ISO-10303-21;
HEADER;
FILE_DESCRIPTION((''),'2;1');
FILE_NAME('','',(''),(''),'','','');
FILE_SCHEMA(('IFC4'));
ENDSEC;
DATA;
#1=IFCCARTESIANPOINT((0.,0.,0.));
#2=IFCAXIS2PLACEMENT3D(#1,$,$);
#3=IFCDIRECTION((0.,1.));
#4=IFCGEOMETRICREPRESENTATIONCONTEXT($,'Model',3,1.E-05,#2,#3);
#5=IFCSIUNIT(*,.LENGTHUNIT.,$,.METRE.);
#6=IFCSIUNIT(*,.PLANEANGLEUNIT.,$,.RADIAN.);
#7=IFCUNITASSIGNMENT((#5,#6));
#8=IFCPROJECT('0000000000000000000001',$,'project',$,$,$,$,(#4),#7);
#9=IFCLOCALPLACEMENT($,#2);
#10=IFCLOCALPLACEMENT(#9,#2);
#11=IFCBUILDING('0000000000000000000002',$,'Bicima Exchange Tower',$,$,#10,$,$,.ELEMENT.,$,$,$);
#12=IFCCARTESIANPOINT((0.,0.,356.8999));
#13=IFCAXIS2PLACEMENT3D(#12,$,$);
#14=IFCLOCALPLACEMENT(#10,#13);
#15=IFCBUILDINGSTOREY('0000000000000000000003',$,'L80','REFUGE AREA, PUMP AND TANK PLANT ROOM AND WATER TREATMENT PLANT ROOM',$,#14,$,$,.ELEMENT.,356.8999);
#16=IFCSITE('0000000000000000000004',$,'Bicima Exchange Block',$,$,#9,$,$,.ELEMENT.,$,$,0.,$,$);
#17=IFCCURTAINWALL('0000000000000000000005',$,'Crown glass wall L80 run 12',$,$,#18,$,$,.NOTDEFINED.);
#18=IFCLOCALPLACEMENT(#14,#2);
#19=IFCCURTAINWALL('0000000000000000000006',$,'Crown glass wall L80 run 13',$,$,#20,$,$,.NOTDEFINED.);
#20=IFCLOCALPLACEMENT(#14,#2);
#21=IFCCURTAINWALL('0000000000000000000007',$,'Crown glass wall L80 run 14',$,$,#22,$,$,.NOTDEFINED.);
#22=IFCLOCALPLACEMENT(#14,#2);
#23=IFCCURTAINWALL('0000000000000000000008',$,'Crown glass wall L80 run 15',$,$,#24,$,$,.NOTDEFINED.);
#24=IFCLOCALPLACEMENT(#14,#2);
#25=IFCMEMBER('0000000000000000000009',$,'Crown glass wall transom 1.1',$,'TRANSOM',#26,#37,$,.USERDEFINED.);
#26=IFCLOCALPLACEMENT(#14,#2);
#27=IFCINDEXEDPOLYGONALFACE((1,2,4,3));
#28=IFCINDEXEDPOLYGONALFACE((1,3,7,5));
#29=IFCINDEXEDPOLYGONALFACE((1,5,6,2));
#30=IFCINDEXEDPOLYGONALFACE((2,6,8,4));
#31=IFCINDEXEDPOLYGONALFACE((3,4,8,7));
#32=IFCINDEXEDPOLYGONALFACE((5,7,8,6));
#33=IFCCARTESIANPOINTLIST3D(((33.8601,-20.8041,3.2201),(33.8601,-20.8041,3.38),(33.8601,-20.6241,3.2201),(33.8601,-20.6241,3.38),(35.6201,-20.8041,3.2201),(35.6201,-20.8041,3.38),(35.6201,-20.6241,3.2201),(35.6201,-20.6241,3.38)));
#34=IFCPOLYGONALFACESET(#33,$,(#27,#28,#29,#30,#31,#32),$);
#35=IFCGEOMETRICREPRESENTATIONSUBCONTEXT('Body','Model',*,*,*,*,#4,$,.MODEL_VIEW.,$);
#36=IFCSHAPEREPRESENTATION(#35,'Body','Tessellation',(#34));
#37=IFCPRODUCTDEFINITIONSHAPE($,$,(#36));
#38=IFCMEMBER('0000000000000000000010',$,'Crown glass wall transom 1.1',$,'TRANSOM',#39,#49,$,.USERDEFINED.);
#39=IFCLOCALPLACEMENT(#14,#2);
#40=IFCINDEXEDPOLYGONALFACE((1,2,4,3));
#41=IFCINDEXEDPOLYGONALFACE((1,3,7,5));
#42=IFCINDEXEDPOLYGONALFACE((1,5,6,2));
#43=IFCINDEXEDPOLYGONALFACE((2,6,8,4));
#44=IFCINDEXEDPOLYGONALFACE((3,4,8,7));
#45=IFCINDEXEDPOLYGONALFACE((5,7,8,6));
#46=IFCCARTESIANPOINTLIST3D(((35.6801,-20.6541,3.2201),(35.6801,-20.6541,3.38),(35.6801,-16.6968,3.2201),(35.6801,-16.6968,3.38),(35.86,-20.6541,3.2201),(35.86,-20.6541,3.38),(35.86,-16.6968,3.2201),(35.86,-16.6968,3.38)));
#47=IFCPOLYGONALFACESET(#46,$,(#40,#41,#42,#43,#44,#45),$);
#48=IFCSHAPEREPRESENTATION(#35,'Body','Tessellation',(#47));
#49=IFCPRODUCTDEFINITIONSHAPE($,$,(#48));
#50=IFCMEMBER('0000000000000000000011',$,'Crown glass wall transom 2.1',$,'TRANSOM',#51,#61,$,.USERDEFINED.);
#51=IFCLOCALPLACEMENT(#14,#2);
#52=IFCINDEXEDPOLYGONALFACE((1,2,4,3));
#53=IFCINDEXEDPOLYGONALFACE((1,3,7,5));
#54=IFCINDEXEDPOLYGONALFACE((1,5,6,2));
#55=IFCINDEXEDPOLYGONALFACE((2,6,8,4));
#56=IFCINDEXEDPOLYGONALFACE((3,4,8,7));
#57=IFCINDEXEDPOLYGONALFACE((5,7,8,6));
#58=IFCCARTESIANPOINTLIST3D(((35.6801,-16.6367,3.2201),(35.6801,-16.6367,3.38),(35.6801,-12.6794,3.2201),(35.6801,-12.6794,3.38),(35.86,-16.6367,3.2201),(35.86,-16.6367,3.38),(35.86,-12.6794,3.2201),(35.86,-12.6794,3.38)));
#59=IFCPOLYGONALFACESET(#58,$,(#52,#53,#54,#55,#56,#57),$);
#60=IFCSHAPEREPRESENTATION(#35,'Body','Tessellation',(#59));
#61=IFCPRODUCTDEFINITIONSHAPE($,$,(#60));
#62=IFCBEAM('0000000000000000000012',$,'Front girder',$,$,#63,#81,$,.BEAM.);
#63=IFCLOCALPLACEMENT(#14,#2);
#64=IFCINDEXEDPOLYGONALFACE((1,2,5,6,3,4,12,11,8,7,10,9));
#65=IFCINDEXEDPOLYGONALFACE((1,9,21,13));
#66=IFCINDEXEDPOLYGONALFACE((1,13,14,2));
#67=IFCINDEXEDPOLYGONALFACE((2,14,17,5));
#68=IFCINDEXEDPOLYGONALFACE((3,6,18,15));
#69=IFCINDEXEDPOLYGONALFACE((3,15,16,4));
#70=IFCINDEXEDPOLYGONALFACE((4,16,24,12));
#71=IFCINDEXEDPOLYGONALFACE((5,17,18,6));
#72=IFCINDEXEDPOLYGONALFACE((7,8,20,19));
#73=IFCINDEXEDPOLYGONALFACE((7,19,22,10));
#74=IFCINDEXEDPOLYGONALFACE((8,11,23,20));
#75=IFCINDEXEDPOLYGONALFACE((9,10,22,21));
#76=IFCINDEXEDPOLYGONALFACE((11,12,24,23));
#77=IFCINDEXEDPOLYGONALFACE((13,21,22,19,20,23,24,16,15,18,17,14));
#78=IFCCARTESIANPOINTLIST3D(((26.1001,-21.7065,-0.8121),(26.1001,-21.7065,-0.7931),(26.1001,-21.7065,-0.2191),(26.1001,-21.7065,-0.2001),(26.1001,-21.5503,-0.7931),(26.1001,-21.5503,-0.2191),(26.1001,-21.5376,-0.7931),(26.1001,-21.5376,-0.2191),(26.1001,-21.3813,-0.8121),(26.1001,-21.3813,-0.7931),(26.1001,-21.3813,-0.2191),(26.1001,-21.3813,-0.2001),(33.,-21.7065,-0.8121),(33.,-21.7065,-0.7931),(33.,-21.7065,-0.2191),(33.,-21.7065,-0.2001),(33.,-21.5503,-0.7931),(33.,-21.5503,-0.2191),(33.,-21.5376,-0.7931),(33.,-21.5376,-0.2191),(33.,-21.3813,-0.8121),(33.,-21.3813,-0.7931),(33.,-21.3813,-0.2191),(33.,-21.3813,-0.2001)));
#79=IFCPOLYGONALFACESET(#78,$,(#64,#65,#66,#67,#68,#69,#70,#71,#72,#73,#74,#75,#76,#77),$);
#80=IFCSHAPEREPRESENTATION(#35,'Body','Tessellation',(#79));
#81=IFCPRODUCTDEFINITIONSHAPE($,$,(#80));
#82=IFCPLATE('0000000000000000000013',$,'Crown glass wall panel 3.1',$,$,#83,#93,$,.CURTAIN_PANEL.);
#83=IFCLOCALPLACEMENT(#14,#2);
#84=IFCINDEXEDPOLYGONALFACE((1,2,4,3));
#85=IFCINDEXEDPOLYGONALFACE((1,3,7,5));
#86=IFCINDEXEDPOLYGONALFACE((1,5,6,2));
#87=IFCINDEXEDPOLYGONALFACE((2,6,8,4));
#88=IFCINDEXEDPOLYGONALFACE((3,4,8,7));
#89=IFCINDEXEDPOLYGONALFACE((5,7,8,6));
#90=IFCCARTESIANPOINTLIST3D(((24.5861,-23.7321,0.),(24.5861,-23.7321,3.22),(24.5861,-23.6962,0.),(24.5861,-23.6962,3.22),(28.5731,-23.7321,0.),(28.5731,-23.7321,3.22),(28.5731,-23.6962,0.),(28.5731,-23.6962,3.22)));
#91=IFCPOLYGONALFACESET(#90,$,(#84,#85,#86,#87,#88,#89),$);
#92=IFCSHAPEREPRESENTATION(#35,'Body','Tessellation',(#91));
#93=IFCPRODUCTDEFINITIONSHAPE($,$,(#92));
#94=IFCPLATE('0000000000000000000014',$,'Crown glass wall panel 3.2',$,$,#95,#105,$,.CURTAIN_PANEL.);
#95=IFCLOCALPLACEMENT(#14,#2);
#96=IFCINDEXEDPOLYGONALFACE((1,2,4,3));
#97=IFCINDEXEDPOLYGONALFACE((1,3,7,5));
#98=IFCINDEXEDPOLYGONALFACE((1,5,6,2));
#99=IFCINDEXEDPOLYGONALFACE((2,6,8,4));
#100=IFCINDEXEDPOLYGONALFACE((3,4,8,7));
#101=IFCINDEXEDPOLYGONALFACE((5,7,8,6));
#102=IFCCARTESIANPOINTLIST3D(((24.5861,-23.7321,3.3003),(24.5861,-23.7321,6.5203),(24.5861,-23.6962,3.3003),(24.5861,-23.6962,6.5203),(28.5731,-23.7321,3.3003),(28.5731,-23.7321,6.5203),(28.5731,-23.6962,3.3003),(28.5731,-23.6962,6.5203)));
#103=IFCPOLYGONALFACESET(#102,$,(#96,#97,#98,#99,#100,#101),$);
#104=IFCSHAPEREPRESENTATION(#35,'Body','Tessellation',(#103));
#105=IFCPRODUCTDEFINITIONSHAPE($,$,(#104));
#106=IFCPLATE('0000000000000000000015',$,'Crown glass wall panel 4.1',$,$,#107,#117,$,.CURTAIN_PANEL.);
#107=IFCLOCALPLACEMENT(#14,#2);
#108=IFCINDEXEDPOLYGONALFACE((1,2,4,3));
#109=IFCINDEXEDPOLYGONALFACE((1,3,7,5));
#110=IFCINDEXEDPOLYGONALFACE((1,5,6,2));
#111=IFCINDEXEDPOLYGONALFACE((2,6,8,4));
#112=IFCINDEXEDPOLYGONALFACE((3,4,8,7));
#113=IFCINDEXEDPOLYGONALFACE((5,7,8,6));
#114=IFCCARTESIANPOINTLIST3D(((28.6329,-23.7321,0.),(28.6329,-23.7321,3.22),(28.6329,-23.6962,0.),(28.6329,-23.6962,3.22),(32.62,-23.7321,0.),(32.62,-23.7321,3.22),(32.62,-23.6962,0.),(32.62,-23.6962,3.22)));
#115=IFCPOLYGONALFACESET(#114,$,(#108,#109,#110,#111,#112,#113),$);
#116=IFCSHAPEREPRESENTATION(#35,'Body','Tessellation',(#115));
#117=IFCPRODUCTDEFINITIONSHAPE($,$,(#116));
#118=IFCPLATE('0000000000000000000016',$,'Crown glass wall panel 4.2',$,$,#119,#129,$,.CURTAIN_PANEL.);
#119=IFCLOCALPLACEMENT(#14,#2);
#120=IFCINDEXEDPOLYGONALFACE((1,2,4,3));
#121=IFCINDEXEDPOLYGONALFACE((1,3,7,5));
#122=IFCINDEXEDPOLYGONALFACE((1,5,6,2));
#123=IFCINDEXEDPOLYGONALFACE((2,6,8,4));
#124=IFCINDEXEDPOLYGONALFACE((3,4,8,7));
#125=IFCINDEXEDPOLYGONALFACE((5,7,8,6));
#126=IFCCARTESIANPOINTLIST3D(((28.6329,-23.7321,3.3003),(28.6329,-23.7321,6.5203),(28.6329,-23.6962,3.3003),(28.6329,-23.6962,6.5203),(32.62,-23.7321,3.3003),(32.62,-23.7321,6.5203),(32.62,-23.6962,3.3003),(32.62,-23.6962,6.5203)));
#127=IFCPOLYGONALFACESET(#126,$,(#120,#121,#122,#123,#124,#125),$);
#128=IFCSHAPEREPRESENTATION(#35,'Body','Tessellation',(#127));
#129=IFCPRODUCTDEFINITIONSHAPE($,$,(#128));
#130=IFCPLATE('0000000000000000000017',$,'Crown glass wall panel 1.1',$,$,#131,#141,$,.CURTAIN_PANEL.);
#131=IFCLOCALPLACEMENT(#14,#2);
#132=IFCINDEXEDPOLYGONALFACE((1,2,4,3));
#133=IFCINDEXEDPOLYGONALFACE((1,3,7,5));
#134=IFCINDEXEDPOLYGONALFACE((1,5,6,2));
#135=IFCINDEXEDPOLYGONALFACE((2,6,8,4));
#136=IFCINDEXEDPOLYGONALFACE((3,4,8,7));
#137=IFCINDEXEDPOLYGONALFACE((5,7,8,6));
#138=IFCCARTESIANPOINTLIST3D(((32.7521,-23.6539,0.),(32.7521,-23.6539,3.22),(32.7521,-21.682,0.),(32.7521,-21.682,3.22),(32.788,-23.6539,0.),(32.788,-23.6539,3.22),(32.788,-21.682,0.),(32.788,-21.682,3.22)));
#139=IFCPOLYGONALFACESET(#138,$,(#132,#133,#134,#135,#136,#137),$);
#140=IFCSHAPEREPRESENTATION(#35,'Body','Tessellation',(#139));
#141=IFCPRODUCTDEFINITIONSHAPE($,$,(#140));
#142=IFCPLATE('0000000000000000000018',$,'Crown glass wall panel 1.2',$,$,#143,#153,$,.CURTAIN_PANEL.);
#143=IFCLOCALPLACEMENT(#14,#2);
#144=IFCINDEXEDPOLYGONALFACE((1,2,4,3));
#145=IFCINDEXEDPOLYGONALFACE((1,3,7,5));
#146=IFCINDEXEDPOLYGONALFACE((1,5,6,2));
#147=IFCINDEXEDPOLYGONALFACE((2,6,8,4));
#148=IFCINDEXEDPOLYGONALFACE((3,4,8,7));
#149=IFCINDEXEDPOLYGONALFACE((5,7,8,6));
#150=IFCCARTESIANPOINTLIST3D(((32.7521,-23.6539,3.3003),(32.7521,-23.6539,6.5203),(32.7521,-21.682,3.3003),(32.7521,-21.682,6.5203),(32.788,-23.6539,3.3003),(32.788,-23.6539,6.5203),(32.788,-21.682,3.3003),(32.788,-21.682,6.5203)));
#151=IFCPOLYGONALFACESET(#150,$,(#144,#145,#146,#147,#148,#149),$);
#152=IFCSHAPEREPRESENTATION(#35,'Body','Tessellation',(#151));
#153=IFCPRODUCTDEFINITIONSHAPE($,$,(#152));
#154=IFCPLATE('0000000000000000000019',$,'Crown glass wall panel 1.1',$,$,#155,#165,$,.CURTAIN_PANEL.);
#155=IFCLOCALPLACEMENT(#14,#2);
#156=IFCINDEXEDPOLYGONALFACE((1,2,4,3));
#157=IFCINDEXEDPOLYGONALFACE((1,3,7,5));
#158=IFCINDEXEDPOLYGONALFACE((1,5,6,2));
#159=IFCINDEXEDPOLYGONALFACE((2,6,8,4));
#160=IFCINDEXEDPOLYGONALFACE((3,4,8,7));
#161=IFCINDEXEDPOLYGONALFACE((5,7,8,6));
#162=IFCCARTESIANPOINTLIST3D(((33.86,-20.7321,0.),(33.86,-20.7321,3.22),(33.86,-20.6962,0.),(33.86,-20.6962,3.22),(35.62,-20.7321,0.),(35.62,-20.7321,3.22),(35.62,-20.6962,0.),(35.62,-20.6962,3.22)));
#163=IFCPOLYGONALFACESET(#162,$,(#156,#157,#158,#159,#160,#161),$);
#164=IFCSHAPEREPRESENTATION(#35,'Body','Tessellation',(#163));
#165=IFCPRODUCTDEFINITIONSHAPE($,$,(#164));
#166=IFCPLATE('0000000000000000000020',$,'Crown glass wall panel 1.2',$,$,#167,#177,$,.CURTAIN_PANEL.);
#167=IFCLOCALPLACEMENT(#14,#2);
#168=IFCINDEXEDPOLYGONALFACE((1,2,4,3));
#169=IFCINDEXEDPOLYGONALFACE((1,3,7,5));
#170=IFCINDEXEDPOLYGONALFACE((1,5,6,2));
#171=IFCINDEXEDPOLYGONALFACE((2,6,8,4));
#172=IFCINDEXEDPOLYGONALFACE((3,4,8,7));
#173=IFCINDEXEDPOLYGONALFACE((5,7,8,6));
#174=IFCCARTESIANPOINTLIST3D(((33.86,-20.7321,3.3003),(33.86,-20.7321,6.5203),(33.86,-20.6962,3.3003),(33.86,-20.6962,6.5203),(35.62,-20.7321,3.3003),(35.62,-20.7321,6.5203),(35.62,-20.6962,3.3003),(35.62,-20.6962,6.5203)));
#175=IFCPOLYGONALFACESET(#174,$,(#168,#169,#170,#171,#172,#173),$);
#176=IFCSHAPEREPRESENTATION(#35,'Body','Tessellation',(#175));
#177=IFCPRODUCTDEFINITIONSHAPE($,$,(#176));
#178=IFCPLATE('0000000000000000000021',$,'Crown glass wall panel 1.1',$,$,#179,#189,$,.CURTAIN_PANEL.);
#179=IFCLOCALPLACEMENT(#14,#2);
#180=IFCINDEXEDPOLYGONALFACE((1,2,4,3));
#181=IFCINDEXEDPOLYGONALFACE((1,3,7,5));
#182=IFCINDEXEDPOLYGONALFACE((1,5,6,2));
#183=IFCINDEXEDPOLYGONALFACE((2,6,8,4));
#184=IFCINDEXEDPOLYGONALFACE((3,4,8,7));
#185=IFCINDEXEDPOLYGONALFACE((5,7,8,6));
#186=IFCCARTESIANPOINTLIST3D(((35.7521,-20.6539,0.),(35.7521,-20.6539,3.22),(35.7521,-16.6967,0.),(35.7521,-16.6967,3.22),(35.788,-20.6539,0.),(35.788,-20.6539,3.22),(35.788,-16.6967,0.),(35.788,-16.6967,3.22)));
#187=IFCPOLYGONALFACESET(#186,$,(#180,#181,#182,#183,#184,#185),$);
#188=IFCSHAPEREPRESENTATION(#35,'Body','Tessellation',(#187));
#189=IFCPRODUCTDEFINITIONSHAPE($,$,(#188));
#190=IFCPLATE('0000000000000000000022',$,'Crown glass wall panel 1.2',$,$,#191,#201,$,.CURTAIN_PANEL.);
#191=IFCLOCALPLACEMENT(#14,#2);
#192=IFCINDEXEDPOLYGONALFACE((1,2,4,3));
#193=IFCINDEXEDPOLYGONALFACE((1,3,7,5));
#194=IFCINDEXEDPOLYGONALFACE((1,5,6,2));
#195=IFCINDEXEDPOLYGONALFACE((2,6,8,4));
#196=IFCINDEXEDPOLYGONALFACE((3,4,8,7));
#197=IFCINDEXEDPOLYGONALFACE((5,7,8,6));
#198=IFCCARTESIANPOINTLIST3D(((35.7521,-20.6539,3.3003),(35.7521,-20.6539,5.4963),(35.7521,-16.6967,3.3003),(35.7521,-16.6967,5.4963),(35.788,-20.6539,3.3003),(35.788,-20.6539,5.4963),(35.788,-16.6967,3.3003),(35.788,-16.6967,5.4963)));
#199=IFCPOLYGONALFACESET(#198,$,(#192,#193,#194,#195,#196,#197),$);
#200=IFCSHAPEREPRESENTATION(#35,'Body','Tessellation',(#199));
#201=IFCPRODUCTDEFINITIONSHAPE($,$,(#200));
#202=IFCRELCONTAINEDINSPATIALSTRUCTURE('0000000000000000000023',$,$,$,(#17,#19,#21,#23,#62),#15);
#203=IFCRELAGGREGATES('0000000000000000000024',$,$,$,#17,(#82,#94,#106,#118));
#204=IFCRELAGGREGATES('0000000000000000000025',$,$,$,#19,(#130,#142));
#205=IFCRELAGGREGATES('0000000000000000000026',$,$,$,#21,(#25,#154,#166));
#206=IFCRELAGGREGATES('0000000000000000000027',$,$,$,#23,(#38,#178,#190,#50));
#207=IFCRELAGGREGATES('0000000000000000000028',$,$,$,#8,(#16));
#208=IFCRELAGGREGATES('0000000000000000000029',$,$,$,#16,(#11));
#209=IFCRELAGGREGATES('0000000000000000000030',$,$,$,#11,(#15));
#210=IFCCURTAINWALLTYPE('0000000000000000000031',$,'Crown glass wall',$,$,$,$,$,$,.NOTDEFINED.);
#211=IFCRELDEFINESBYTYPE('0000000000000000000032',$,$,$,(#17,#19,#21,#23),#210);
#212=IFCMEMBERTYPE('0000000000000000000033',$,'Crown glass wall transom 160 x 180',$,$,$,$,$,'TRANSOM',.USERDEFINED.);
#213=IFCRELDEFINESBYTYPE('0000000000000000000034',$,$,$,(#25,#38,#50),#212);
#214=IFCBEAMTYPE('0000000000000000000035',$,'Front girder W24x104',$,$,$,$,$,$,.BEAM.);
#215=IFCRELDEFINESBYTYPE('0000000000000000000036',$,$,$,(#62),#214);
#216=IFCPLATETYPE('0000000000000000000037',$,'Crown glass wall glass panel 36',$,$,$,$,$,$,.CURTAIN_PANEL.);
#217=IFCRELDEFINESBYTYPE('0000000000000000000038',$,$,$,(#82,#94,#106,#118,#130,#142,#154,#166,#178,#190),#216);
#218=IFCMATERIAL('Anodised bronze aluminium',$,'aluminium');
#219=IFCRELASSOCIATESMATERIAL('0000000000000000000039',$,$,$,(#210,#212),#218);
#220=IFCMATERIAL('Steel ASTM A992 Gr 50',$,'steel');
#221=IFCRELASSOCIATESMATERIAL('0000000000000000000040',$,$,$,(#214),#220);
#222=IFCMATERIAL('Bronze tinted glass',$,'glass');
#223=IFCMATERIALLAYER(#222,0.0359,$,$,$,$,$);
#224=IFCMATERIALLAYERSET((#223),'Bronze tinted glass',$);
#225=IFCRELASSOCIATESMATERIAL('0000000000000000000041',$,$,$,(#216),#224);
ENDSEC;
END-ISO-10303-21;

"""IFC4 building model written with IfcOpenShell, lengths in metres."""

from ifc_helpers import new_model, si_unit, direction, frame, origin, origin_2d, place, context, subcontext, project, spatial, rectangle, i_section, extrude, material, layer, layer_set, material_profile, profile_set, type_object, element, aggregate, save


model = new_model("IFC4")

# Units and contexts
model_context = context("Model", 3, precision=1e-05, world=origin(), true_north=direction((0.0, 1.0)))
body_context = subcontext(model_context, "Body", "Model", "MODEL_VIEW")
ifc_project = project(units=[si_unit("LENGTHUNIT", "METRE"), si_unit("PLANEANGLEUNIT", "RADIAN")], contexts=[model_context])

# Site, building, storey
site_placement = place(None, origin())
site = spatial("IfcSite", under=ifc_project, at=site_placement, Name="Bicima Exchange Block", CompositionType="ELEMENT", RefElevation=0.0)
building_placement = place(site_placement, origin())
building = spatial("IfcBuilding", under=site, at=building_placement, Name="Bicima Exchange Tower", CompositionType="ELEMENT")
storey_placement = place(building_placement, frame((0.0, 0.0, 356.8999)))
storey = spatial("IfcBuildingStorey", under=building, at=storey_placement, Name="L80", Description="REFUGE AREA, PUMP AND TANK PLANT ROOM AND WATER TREATMENT PLANT ROOM", CompositionType="ELEMENT", Elevation=356.8999)

# Shared definitions
ifc_material_1 = material(Name="Steel ASTM A992 Gr 50", Category="steel")

# Curtain walls
ifc_material_2 = material(Name="Anodised bronze aluminium", Category="aluminium")
curtain_wall_type = type_object("IfcCurtainWallType", Name="Crown glass wall", PredefinedType="NOTDEFINED", material=ifc_material_2)
curtain_wall_1_placement = place(storey_placement, origin())
curtain_wall_1 = element("IfcCurtainWall", 1, at=curtain_wall_1_placement, inside=storey, type_object=curtain_wall_type, Name="Crown glass wall L80 run 12", PredefinedType="NOTDEFINED")
curtain_wall_2_placement = place(storey_placement, origin())
curtain_wall_2 = element("IfcCurtainWall", 2, at=curtain_wall_2_placement, inside=storey, type_object=curtain_wall_type, Name="Crown glass wall L80 run 13", PredefinedType="NOTDEFINED")
curtain_wall_3_placement = place(storey_placement, origin())
curtain_wall_3 = element("IfcCurtainWall", 3, at=curtain_wall_3_placement, inside=storey, type_object=curtain_wall_type, Name="Crown glass wall L80 run 14", PredefinedType="NOTDEFINED")
curtain_wall_4_placement = place(storey_placement, origin())
curtain_wall_4 = element("IfcCurtainWall", 4, at=curtain_wall_4_placement, inside=storey, type_object=curtain_wall_type, Name="Crown glass wall L80 run 15", PredefinedType="NOTDEFINED")

# Members
ifc_material_profile_1 = material_profile(ifc_material_2, rectangle(XDim=0.1799, YDim=0.1599, at=origin_2d()))
ifc_profile_set_1 = profile_set([ifc_material_profile_1], Name="Anodised bronze aluminium")
member_type_1 = type_object("IfcMemberType", Name="Crown glass wall transom 160 x 180", ElementType="TRANSOM", PredefinedType="USERDEFINED", material=ifc_profile_set_1)
member_1_placement = place(storey_placement, frame((33.8601, -20.7141, 3.3), z_axis=(1.0, 0.0, 0.0), x_axis=(0.0, 1.0, 0.0)))
member_1 = element("IfcMember", 5, at=member_1_placement, type_object=member_type_1, Name="Crown glass wall transom 1.1", ObjectType="TRANSOM", PredefinedType="USERDEFINED", context=body_context, shape_type="SweptSolid", body=[
    extrude(rectangle(XDim=0.1799, YDim=0.1599, at=origin_2d()), origin(), (0.0, 0.0, 1.0), 1.76),
])
member_2_placement = place(storey_placement, frame((35.77, -20.6541, 3.3), z_axis=(0.0, 1.0, 0.0), x_axis=(-1.0, 0.0, 0.0)))
member_2 = element("IfcMember", 6, at=member_2_placement, type_object=member_type_1, Name="Crown glass wall transom 1.1", ObjectType="TRANSOM", PredefinedType="USERDEFINED", context=body_context, shape_type="SweptSolid", body=[
    extrude(rectangle(XDim=0.1799, YDim=0.1599, at=origin_2d()), origin(), (0.0, 0.0, 1.0), 3.9573),
])
member_3_placement = place(storey_placement, frame((35.77, -16.6367, 3.3), z_axis=(0.0, 1.0, 0.0), x_axis=(-1.0, 0.0, 0.0)))
member_3 = element("IfcMember", 7, at=member_3_placement, type_object=member_type_1, Name="Crown glass wall transom 2.1", ObjectType="TRANSOM", PredefinedType="USERDEFINED", context=body_context, shape_type="SweptSolid", body=[
    extrude(rectangle(XDim=0.1799, YDim=0.1599, at=origin_2d()), origin(), (0.0, 0.0, 1.0), 3.9573),
])

# Beam
ifc_material_profile_2 = material_profile(ifc_material_1, i_section(OverallWidth=0.3252, OverallDepth=0.6121, WebThickness=0.0127, FlangeThickness=0.019, at=origin_2d()))
ifc_profile_set_2 = profile_set([ifc_material_profile_2], Name="Steel ASTM A992 Gr 50")
beam_type = type_object("IfcBeamType", Name="Front girder W24x104", PredefinedType="BEAM", material=ifc_profile_set_2)
beam_placement = place(storey_placement, frame((26.1001, -21.5439, -0.5061), z_axis=(1.0, 0.0, 0.0), x_axis=(0.0, 1.0, 0.0)))
element("IfcBeam", 8, at=beam_placement, inside=storey, type_object=beam_type, Name="Front girder", PredefinedType="BEAM", context=body_context, shape_type="SweptSolid", body=[
    extrude(i_section(OverallWidth=0.3252, OverallDepth=0.6121, WebThickness=0.0127, FlangeThickness=0.019, at=origin_2d()), origin(), (0.0, 0.0, 1.0), 6.8999),
])

# Plates
ifc_material_3 = material(Name="Bronze tinted glass", Category="glass")
ifc_layer_1 = layer(ifc_material_3, 0.0359)
ifc_layer_set_1 = layer_set([ifc_layer_1], Name="Bronze tinted glass")
plate_type = type_object("IfcPlateType", Name="Crown glass wall glass panel 36", PredefinedType="CURTAIN_PANEL", material=ifc_layer_set_1)
plate_1_placement = place(storey_placement, frame((26.5796, -23.7141, 0.0), z_axis=(0.0, 0.0, 1.0), x_axis=(1.0, 0.0, 0.0)))
plate_1 = element("IfcPlate", 9, at=plate_1_placement, type_object=plate_type, Name="Crown glass wall panel 3.1", PredefinedType="CURTAIN_PANEL", context=body_context, shape_type="SweptSolid", body=[
    extrude(rectangle(XDim=3.9871, YDim=0.0359, at=origin_2d()), origin(), (0.0, 0.0, 1.0), 3.22),
])
plate_2_placement = place(storey_placement, frame((26.5796, -23.7141, 3.3003), z_axis=(0.0, 0.0, 1.0), x_axis=(1.0, 0.0, 0.0)))
plate_2 = element("IfcPlate", 10, at=plate_2_placement, type_object=plate_type, Name="Crown glass wall panel 3.2", PredefinedType="CURTAIN_PANEL", context=body_context, shape_type="SweptSolid", body=[
    extrude(rectangle(XDim=3.9871, YDim=0.0359, at=origin_2d()), origin(), (0.0, 0.0, 1.0), 3.22),
])
plate_3_placement = place(storey_placement, frame((30.6265, -23.7141, 0.0), z_axis=(0.0, 0.0, 1.0), x_axis=(1.0, 0.0, 0.0)))
plate_3 = element("IfcPlate", 11, at=plate_3_placement, type_object=plate_type, Name="Crown glass wall panel 4.1", PredefinedType="CURTAIN_PANEL", context=body_context, shape_type="SweptSolid", body=[
    extrude(rectangle(XDim=3.9871, YDim=0.0359, at=origin_2d()), origin(), (0.0, 0.0, 1.0), 3.22),
])
plate_4_placement = place(storey_placement, frame((30.6265, -23.7141, 3.3003), z_axis=(0.0, 0.0, 1.0), x_axis=(1.0, 0.0, 0.0)))
plate_4 = element("IfcPlate", 12, at=plate_4_placement, type_object=plate_type, Name="Crown glass wall panel 4.2", PredefinedType="CURTAIN_PANEL", context=body_context, shape_type="SweptSolid", body=[
    extrude(rectangle(XDim=3.9871, YDim=0.0359, at=origin_2d()), origin(), (0.0, 0.0, 1.0), 3.22),
])
aggregate(curtain_wall_1, [plate_1, plate_2, plate_3, plate_4])
plate_5_placement = place(storey_placement, frame((32.77, -22.668, 0.0), z_axis=(0.0, 0.0, 1.0), x_axis=(0.0, 1.0, 0.0)))
plate_5 = element("IfcPlate", 13, at=plate_5_placement, type_object=plate_type, Name="Crown glass wall panel 1.1", PredefinedType="CURTAIN_PANEL", context=body_context, shape_type="SweptSolid", body=[
    extrude(rectangle(XDim=1.9719, YDim=0.0359, at=origin_2d()), origin(), (0.0, 0.0, 1.0), 3.22),
])
plate_6_placement = place(storey_placement, frame((32.77, -22.668, 3.3003), z_axis=(0.0, 0.0, 1.0), x_axis=(0.0, 1.0, 0.0)))
plate_6 = element("IfcPlate", 14, at=plate_6_placement, type_object=plate_type, Name="Crown glass wall panel 1.2", PredefinedType="CURTAIN_PANEL", context=body_context, shape_type="SweptSolid", body=[
    extrude(rectangle(XDim=1.9719, YDim=0.0359, at=origin_2d()), origin(), (0.0, 0.0, 1.0), 3.22),
])
aggregate(curtain_wall_2, [plate_5, plate_6])
plate_7_placement = place(storey_placement, frame((34.74, -20.7141, 0.0), z_axis=(0.0, 0.0, 1.0), x_axis=(1.0, 0.0, 0.0)))
plate_7 = element("IfcPlate", 15, at=plate_7_placement, type_object=plate_type, Name="Crown glass wall panel 1.1", PredefinedType="CURTAIN_PANEL", context=body_context, shape_type="SweptSolid", body=[
    extrude(rectangle(XDim=1.76, YDim=0.0359, at=origin_2d()), origin(), (0.0, 0.0, 1.0), 3.22),
])
plate_8_placement = place(storey_placement, frame((34.74, -20.7141, 3.3003), z_axis=(0.0, 0.0, 1.0), x_axis=(1.0, 0.0, 0.0)))
plate_8 = element("IfcPlate", 16, at=plate_8_placement, type_object=plate_type, Name="Crown glass wall panel 1.2", PredefinedType="CURTAIN_PANEL", context=body_context, shape_type="SweptSolid", body=[
    extrude(rectangle(XDim=1.76, YDim=0.0359, at=origin_2d()), origin(), (0.0, 0.0, 1.0), 3.22),
])
aggregate(curtain_wall_3, [member_1, plate_7, plate_8])
plate_9_placement = place(storey_placement, frame((35.77, -18.6753, 0.0), z_axis=(0.0, 0.0, 1.0), x_axis=(0.0, 1.0, 0.0)))
plate_9 = element("IfcPlate", 17, at=plate_9_placement, type_object=plate_type, Name="Crown glass wall panel 1.1", PredefinedType="CURTAIN_PANEL", context=body_context, shape_type="SweptSolid", body=[
    extrude(rectangle(XDim=3.9573, YDim=0.0359, at=origin_2d()), origin(), (0.0, 0.0, 1.0), 3.22),
])
plate_10_placement = place(storey_placement, frame((35.77, -18.6753, 3.3003), z_axis=(0.0, 0.0, 1.0), x_axis=(0.0, 1.0, 0.0)))
plate_10 = element("IfcPlate", 18, at=plate_10_placement, type_object=plate_type, Name="Crown glass wall panel 1.2", PredefinedType="CURTAIN_PANEL", context=body_context, shape_type="SweptSolid", body=[
    extrude(rectangle(XDim=3.9573, YDim=0.0359, at=origin_2d()), origin(), (0.0, 0.0, 1.0), 2.196),
])
aggregate(curtain_wall_4, [member_2, plate_9, plate_10, member_3])

save(model, "model.ifc")
